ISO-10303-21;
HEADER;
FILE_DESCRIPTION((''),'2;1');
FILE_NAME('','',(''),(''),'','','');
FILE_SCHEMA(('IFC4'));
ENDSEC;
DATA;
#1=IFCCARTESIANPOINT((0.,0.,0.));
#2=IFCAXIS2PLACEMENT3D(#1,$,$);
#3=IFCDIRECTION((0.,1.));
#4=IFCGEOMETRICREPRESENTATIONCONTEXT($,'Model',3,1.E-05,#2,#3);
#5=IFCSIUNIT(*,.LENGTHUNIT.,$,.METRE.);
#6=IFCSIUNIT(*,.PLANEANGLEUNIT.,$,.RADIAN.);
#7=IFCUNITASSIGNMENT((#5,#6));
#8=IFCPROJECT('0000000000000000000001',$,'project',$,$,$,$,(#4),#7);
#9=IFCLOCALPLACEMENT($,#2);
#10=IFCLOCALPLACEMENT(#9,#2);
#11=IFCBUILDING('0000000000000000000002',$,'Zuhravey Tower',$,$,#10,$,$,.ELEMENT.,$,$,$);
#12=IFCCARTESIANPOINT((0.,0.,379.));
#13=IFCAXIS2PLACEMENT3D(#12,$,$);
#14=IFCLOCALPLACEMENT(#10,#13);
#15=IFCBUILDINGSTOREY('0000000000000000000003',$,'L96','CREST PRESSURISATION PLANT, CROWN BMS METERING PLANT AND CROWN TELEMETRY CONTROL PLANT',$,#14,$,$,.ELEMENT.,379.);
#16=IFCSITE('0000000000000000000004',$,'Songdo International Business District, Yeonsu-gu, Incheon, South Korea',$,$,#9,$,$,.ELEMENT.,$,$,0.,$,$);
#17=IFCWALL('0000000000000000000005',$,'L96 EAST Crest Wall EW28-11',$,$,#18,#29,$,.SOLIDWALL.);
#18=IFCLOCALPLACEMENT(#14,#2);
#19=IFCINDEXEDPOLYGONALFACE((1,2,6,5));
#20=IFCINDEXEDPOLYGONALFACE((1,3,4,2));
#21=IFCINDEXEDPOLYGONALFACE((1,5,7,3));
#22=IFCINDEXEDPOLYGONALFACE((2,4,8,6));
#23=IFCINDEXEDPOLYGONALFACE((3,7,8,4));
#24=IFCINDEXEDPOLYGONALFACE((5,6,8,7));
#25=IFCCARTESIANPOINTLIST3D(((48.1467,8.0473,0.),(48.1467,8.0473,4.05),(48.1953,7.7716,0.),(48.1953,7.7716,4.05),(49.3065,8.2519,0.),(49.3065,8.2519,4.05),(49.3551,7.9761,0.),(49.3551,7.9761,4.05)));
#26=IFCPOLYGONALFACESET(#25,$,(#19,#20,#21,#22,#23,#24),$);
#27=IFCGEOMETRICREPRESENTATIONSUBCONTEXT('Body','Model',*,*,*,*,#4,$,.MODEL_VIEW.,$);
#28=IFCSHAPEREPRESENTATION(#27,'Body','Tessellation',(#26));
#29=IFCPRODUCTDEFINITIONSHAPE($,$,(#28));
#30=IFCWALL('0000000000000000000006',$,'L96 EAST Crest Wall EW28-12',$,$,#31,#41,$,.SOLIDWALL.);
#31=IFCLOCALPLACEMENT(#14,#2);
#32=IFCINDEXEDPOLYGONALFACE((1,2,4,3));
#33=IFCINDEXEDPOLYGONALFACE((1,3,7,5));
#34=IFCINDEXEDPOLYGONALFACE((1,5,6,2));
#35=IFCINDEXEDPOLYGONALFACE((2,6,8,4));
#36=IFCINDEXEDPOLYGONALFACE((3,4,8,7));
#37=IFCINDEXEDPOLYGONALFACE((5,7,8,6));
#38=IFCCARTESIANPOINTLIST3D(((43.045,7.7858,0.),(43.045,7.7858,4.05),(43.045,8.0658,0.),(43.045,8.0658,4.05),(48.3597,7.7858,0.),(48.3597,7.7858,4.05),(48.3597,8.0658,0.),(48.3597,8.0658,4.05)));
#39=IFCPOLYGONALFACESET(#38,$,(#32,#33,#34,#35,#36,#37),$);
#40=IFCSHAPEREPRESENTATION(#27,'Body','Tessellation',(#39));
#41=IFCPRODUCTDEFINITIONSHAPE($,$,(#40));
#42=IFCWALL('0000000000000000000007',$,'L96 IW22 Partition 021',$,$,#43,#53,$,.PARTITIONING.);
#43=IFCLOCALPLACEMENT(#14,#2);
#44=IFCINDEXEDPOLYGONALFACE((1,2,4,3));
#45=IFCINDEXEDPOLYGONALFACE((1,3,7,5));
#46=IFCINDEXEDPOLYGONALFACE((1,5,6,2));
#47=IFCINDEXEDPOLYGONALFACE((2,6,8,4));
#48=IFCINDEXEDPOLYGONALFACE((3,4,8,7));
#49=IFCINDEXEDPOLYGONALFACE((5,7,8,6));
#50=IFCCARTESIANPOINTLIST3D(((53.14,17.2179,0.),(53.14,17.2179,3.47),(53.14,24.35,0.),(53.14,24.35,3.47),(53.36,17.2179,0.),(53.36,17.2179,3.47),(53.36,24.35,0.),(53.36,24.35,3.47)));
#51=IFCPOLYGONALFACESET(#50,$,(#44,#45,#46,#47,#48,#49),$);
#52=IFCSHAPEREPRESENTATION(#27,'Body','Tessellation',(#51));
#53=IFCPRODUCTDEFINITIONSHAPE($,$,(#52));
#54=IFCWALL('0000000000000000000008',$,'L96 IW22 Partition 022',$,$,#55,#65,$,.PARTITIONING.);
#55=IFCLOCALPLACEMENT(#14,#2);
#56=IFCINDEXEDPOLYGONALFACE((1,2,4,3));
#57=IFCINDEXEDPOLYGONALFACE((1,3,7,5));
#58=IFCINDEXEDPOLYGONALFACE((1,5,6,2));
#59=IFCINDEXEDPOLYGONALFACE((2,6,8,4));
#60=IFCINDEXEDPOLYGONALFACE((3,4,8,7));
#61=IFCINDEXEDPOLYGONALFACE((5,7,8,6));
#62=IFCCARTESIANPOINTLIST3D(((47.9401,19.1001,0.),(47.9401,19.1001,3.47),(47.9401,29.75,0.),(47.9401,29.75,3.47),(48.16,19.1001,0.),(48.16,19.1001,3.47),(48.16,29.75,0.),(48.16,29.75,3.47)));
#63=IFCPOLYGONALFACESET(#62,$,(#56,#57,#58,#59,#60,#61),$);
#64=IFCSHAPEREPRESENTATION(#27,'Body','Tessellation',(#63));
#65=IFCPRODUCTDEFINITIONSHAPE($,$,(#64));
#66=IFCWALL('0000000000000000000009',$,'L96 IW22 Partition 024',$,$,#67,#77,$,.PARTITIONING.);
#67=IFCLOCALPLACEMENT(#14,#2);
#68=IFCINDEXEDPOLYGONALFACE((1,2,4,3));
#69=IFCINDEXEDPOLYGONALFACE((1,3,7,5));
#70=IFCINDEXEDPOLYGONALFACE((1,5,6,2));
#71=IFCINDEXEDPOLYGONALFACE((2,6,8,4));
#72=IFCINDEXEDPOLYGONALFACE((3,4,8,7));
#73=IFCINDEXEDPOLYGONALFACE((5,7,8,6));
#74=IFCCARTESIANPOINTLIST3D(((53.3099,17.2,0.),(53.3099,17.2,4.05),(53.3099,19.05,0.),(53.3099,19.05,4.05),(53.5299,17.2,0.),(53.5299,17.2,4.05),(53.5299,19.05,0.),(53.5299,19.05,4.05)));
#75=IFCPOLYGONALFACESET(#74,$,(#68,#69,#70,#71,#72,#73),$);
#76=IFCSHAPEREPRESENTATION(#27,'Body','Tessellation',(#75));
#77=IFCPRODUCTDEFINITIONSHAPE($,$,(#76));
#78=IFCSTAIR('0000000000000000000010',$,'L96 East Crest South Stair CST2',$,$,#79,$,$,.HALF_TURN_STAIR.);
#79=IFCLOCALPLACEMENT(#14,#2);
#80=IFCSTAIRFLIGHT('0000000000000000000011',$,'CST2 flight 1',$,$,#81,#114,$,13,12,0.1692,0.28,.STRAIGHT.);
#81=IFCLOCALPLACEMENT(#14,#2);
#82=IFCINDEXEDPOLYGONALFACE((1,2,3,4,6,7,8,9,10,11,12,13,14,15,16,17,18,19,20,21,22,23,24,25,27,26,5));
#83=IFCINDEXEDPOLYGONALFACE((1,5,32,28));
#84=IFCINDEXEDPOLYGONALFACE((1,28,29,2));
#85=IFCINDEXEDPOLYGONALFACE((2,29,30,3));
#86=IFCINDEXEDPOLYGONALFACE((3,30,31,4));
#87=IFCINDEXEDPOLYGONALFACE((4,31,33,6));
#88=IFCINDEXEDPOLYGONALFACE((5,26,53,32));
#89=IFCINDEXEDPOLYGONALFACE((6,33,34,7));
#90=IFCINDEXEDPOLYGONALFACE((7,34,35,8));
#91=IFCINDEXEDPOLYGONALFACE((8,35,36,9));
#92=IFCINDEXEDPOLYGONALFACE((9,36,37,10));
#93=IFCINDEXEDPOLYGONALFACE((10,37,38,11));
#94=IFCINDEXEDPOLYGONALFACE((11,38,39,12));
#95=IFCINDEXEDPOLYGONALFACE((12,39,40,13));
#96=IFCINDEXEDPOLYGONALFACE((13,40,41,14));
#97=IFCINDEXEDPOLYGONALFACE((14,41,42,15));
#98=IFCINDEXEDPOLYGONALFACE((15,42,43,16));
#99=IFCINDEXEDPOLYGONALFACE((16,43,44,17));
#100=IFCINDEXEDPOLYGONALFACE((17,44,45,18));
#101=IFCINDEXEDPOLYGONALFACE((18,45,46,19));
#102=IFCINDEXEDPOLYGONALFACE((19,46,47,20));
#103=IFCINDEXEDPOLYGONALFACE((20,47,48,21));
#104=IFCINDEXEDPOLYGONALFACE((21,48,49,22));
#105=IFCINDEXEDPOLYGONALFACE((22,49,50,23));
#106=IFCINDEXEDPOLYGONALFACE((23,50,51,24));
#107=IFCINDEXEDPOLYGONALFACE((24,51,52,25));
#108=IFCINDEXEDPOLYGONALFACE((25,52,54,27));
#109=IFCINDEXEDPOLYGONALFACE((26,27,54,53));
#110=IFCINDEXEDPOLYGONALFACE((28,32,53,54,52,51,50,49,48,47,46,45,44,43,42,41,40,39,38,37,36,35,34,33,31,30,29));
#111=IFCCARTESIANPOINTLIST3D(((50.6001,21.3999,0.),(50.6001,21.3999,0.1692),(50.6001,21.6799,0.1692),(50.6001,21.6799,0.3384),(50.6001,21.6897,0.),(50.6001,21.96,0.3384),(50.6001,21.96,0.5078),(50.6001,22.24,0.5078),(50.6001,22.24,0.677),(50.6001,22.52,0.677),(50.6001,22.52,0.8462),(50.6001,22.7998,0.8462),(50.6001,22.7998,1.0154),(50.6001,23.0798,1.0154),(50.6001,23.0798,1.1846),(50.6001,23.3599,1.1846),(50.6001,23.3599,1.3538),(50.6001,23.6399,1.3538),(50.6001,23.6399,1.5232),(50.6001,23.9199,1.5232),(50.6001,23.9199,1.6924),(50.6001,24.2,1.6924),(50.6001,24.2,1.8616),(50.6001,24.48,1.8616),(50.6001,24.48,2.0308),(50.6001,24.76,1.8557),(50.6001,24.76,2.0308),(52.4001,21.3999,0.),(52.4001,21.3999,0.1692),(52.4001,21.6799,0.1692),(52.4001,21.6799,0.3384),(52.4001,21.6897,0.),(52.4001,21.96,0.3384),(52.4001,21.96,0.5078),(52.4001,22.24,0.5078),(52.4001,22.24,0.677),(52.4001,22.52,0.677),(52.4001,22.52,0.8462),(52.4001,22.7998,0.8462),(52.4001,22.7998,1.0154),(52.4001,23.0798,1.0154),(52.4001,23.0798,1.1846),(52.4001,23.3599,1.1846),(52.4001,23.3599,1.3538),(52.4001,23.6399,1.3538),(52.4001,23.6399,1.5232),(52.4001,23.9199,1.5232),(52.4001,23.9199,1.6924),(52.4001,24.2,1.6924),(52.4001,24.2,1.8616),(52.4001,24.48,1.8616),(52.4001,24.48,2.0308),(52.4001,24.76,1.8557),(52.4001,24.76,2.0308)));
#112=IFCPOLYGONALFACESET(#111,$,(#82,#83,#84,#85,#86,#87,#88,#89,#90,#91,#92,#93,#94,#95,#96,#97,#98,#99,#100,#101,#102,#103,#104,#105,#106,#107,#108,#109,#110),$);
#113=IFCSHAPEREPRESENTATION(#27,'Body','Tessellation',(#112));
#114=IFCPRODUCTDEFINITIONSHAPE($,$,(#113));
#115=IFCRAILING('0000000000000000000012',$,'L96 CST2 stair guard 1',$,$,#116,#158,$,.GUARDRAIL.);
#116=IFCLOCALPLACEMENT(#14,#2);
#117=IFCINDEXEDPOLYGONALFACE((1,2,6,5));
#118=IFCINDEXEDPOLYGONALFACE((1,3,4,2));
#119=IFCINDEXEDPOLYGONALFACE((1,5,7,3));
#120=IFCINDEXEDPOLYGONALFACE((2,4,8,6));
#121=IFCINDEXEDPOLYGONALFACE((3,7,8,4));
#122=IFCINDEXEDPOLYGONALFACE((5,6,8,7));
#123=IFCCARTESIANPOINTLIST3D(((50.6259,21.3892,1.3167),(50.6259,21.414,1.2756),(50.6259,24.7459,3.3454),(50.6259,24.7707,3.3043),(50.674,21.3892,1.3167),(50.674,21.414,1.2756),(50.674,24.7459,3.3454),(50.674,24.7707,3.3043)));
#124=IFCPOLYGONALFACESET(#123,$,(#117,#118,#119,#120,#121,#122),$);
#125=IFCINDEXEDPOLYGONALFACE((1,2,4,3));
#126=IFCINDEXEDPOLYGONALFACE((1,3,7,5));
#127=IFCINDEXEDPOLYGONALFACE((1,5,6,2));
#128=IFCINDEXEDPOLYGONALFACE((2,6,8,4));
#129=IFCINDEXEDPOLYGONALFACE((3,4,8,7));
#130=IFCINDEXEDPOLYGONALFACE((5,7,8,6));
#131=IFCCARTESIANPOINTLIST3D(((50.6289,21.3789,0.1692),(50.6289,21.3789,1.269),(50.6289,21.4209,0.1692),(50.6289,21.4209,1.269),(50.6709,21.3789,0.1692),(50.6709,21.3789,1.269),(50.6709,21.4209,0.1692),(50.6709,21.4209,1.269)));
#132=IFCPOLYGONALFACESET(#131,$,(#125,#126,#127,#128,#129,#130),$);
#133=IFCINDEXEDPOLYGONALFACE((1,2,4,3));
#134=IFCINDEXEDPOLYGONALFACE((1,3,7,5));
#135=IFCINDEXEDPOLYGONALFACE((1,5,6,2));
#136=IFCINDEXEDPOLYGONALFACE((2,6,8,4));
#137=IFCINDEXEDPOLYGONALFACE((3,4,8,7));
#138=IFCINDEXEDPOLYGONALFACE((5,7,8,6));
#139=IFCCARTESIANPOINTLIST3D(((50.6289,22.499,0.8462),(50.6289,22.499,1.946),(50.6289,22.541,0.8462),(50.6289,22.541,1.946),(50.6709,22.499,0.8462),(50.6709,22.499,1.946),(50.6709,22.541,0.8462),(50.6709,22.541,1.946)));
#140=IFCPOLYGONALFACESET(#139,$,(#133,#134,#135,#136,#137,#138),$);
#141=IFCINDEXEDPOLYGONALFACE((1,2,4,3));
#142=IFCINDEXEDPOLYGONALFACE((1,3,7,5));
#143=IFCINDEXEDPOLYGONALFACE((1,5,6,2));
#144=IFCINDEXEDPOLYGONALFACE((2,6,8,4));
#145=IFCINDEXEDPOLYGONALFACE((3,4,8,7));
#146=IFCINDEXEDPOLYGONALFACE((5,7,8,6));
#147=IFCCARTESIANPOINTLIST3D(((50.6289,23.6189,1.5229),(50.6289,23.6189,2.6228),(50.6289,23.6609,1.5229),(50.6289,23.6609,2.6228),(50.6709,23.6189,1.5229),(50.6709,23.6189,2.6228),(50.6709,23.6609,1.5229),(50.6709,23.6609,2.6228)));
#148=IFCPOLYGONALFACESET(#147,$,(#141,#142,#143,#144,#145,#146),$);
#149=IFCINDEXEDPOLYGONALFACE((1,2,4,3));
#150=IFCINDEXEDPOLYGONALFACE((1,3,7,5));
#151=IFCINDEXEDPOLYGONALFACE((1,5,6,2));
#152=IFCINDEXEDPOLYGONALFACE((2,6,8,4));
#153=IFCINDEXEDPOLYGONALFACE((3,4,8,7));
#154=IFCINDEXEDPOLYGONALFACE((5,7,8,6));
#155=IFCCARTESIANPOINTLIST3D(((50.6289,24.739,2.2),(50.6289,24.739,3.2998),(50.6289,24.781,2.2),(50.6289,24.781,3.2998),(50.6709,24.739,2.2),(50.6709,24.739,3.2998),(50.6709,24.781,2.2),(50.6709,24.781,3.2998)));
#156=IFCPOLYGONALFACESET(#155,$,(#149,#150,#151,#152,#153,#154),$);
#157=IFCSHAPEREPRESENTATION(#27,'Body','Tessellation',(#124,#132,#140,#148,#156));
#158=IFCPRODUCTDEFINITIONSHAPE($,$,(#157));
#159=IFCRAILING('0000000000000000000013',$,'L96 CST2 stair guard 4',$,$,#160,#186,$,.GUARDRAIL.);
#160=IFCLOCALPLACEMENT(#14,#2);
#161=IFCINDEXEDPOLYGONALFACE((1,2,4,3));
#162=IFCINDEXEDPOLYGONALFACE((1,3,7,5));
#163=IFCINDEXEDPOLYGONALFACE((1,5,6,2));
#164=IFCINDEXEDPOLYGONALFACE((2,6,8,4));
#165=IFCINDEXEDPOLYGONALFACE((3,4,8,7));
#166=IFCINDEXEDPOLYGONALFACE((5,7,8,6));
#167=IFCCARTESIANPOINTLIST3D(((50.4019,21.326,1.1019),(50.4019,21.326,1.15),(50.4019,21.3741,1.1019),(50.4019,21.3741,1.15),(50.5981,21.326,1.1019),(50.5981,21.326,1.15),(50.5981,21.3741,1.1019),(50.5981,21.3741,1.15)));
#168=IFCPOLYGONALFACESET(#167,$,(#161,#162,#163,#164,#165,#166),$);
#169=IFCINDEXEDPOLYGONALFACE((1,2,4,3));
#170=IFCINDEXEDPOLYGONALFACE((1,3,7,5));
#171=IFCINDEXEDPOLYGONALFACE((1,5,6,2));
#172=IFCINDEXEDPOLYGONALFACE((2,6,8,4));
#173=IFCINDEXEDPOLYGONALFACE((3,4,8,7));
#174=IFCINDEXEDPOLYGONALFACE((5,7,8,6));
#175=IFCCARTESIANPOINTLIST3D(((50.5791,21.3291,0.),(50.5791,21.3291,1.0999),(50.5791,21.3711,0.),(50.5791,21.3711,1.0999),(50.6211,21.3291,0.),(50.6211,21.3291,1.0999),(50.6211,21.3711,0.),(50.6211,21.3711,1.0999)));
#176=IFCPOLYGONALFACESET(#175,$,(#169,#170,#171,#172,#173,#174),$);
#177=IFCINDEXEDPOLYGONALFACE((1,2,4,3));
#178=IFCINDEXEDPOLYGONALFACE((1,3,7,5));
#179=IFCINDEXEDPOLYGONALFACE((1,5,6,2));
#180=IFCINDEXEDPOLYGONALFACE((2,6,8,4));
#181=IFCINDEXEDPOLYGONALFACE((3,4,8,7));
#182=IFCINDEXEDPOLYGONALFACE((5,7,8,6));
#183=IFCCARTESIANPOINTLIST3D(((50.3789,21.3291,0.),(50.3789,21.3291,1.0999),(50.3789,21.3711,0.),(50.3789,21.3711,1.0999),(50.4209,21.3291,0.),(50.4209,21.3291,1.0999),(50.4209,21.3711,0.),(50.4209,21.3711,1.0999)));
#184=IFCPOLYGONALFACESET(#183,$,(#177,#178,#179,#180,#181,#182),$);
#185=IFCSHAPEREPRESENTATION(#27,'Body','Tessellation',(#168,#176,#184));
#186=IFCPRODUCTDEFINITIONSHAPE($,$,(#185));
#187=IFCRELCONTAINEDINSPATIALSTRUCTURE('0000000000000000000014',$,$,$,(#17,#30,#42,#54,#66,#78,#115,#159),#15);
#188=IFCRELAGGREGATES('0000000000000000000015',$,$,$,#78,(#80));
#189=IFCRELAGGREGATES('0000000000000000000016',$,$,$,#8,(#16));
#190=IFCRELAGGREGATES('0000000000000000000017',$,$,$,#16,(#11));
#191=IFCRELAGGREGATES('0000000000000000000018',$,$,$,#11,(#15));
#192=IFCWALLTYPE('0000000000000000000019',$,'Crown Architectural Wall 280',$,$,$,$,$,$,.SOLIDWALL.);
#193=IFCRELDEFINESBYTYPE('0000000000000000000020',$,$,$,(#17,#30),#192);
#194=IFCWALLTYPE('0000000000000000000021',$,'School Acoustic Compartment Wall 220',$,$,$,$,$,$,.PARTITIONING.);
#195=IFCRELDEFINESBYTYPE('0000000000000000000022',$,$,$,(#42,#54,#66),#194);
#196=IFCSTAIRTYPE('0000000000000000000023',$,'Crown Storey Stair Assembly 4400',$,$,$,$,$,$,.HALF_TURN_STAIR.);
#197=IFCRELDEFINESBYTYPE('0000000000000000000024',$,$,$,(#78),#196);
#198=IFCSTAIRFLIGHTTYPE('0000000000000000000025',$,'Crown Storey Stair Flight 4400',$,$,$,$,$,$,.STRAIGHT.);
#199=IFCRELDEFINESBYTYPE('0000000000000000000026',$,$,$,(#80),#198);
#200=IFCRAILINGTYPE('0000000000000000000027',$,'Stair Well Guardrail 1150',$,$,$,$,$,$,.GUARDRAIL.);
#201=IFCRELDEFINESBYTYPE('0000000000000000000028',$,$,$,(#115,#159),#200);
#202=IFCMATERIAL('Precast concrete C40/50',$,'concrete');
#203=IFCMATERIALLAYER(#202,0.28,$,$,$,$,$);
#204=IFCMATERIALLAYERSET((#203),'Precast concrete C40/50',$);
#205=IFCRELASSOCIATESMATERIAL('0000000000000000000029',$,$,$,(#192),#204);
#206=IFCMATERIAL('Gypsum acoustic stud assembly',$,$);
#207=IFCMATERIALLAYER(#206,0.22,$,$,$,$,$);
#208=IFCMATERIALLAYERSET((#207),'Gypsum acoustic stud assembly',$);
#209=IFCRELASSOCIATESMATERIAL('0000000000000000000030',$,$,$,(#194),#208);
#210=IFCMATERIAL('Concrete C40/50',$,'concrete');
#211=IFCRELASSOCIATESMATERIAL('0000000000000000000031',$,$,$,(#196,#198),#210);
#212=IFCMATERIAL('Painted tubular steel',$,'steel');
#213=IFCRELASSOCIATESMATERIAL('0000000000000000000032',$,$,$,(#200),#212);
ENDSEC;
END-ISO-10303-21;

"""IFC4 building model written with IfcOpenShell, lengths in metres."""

from ifc_helpers import new_model, si_unit, direction, frame, frame_2d, origin, origin_2d, place, context, subcontext, project, spatial, polyline, rectangle, outline, extrude, material, layer, layer_set, type_object, element, aggregate, save


model = new_model("IFC4")

# Units and contexts
model_context = context("Model", 3, precision=1e-05, world=origin(), true_north=direction((0.0, 1.0)))
body_context = subcontext(model_context, "Body", "Model", "MODEL_VIEW")
ifc_project = project(units=[si_unit("LENGTHUNIT", "METRE"), si_unit("PLANEANGLEUNIT", "RADIAN")], contexts=[model_context])

# Site, building, storey
site_placement = place(None, origin())
site = spatial("IfcSite", under=ifc_project, at=site_placement, Name="Songdo International Business District, Yeonsu-gu, Incheon, South Korea", CompositionType="ELEMENT", RefElevation=0.0)
building_placement = place(site_placement, origin())
building = spatial("IfcBuilding", under=site, at=building_placement, Name="Zuhravey Tower", CompositionType="ELEMENT")
storey_placement = place(building_placement, frame((0.0, 0.0, 379.0)))
storey = spatial("IfcBuildingStorey", under=building, at=storey_placement, Name="L96", Description="CREST PRESSURISATION PLANT, CROWN BMS METERING PLANT AND CROWN TELEMETRY CONTROL PLANT", CompositionType="ELEMENT", Elevation=379.0)

# Walls
ifc_material_1 = material(Name="Precast concrete C40/50", Category="concrete")
ifc_layer_1 = layer(ifc_material_1, 0.28)
ifc_layer_set_1 = layer_set([ifc_layer_1], Name="Precast concrete C40/50")
wall_type_1 = type_object("IfcWallType", Name="Crown Architectural Wall 280", PredefinedType="SOLIDWALL", material=ifc_layer_set_1)
wall_1_placement = place(storey_placement, frame((49.3308, 8.114, 0.0), z_axis=(0.0, 0.0, 1.0), x_axis=(-0.984798, -0.173703, 0.0)))
element("IfcWall", 1, at=wall_1_placement, inside=storey, type_object=wall_type_1, Name="L96 EAST Crest Wall EW28-11", PredefinedType="SOLIDWALL", context=body_context, shape_type="SweptSolid", body=[
    extrude(rectangle(XDim=1.1777, YDim=0.28, at=frame_2d((0.5889, 0.0))), origin(), (0.0, 0.0, 1.0), 4.05),
])
wall_2_placement = place(storey_placement, frame((48.3596, 7.9258, 0.0), z_axis=(0.0, 0.0, 1.0), x_axis=(-1.0, 0.0, 0.0)))
element("IfcWall", 2, at=wall_2_placement, inside=storey, type_object=wall_type_1, Name="L96 EAST Crest Wall EW28-12", PredefinedType="SOLIDWALL", context=body_context, shape_type="SweptSolid", body=[
    extrude(rectangle(XDim=5.3147, YDim=0.28, at=frame_2d((2.6572, 0.0))), origin(), (0.0, 0.0, 1.0), 4.05),
])
ifc_material_2 = material(Name="Gypsum acoustic stud assembly")
ifc_layer_2 = layer(ifc_material_2, 0.22)
ifc_layer_set_2 = layer_set([ifc_layer_2], Name="Gypsum acoustic stud assembly")
wall_type_2 = type_object("IfcWallType", Name="School Acoustic Compartment Wall 220", PredefinedType="PARTITIONING", material=ifc_layer_set_2)
wall_3_placement = place(storey_placement, frame((53.25, 17.218, 0.0), z_axis=(0.0, 0.0, 1.0), x_axis=(0.0, 1.0, 0.0)))
element("IfcWall", 3, at=wall_3_placement, inside=storey, type_object=wall_type_2, Name="L96 IW22 Partition 021", PredefinedType="PARTITIONING", context=body_context, shape_type="SweptSolid", body=[
    extrude(rectangle(XDim=7.1321, YDim=0.22, at=frame_2d((3.5659, 0.0))), origin(), (0.0, 0.0, 1.0), 3.47),
])
wall_4_placement = place(storey_placement, frame((48.05, 19.1001, 0.0), z_axis=(0.0, 0.0, 1.0), x_axis=(0.0, 1.0, 0.0)))
element("IfcWall", 4, at=wall_4_placement, inside=storey, type_object=wall_type_2, Name="L96 IW22 Partition 022", PredefinedType="PARTITIONING", context=body_context, shape_type="SweptSolid", body=[
    extrude(rectangle(XDim=10.6499, YDim=0.22, at=frame_2d((5.325, 0.0))), origin(), (0.0, 0.0, 1.0), 3.47),
])
wall_5_placement = place(storey_placement, frame((53.4199, 17.2, 0.0), z_axis=(0.0, 0.0, 1.0), x_axis=(0.0, 1.0, 0.0)))
element("IfcWall", 5, at=wall_5_placement, inside=storey, type_object=wall_type_2, Name="L96 IW22 Partition 024", PredefinedType="PARTITIONING", context=body_context, shape_type="SweptSolid", body=[
    extrude(rectangle(XDim=1.8501, YDim=0.22, at=frame_2d((0.925, 0.0))), origin(), (0.0, 0.0, 1.0), 4.05),
])

# Stair, stair flight
ifc_material_3 = material(Name="Concrete C40/50", Category="concrete")
stair_type = type_object("IfcStairType", Name="Crown Storey Stair Assembly 4400", PredefinedType="HALF_TURN_STAIR", material=ifc_material_3)
stair_placement = place(storey_placement, origin())
stair = element("IfcStair", 6, at=stair_placement, inside=storey, type_object=stair_type, Name="L96 East Crest South Stair CST2", PredefinedType="HALF_TURN_STAIR")
stair_flight_type = type_object("IfcStairFlightType", Name="Crown Storey Stair Flight 4400", PredefinedType="STRAIGHT", material=ifc_material_3)
stair_flight_placement = place(storey_placement, frame((51.5, 21.3999, 0.0), z_axis=(0.0, 0.0, 1.0), x_axis=(0.0, 1.0, 0.0)))
stair_flight = element("IfcStairFlight", 7, at=stair_flight_placement, type_object=stair_flight_type, Name="CST2 flight 1", NumberOfRisers=13, NumberOfTreads=12, PredefinedType="STRAIGHT", RiserHeight=0.1692, TreadLength=0.28, context=body_context, shape_type="SweptSolid", body=[
    extrude(outline(polyline([(0.0, 0.0), (0.0, 0.1692), (0.28, 0.1692), (0.28, 0.3384), (0.5601, 0.3384), (0.5601, 0.5078), (0.8401, 0.5078), (0.8401, 0.677), (1.1201, 0.677), (1.1201, 0.8462), (1.3999, 0.8462), (1.3999, 1.0154), (1.6799, 1.0154), (1.6799, 1.1846), (1.96, 1.1846), (1.96, 1.3538), (2.24, 1.3538), (2.24, 1.5232), (2.52, 1.5232), (2.52, 1.6924), (2.8, 1.6924), (2.8, 1.8616), (3.0801, 1.8616), (3.0801, 2.0308), (3.3601, 2.0308), (3.3601, 2.2), (3.3601, 1.8557), (0.2898, 0.0), (0.0, 0.0)])), frame((0.0, 0.8999, 0.0), z_axis=(0.0, -1.0, 0.0), x_axis=(1.0, 0.0, 0.0)), (0.0, 0.0, 1.0), 1.8),
])
aggregate(stair, [stair_flight])

# Railings
ifc_material_4 = material(Name="Painted tubular steel", Category="steel")
railing_type = type_object("IfcRailingType", Name="Stair Well Guardrail 1150", PredefinedType="GUARDRAIL", material=ifc_material_4)
railing_1_placement = place(storey_placement, frame((50.6499, 21.3999, 0.1692)))
element("IfcRailing", 8, at=railing_1_placement, inside=storey, type_object=railing_type, Name="L96 CST2 stair guard 1", PredefinedType="GUARDRAIL", context=body_context, shape_type="SweptSolid", body=[
    extrude(rectangle(XDim=0.0481, YDim=0.0481, at=origin_2d()), frame((0.0, 0.0017, 1.127), z_axis=(0.0, 0.855837, 0.517246), x_axis=(-1.0, 0.0, 0.0)), (0.0, 0.0, 1.0), 3.9221),
    extrude(rectangle(XDim=0.042, YDim=0.042, at=origin_2d()), origin(), (0.0, 0.0, 1.0), 1.0999),
    extrude(rectangle(XDim=0.042, YDim=0.042, at=origin_2d()), frame((0.0, 1.1201, 0.677)), (0.0, 0.0, 1.0), 1.0999),
    extrude(rectangle(XDim=0.042, YDim=0.042, at=origin_2d()), frame((0.0, 2.24, 1.3538)), (0.0, 0.0, 1.0), 1.0999),
    extrude(rectangle(XDim=0.042, YDim=0.042, at=origin_2d()), frame((0.0, 3.3601, 2.0308)), (0.0, 0.0, 1.0), 1.0999),
])
railing_2_placement = place(storey_placement, frame((50.6001, 21.3501, 0.0)))
element("IfcRailing", 9, at=railing_2_placement, inside=storey, type_object=railing_type, Name="L96 CST2 stair guard 4", PredefinedType="GUARDRAIL", context=body_context, shape_type="SweptSolid", body=[
    extrude(rectangle(XDim=0.0481, YDim=0.0481, at=origin_2d()), frame((-0.002, 0.0, 1.126), z_axis=(-1.0, 0.0, 0.0), x_axis=(0.0, -1.0, 0.0)), (0.0, 0.0, 1.0), 0.1963),
    extrude(rectangle(XDim=0.042, YDim=0.042, at=origin_2d()), origin(), (0.0, 0.0, 1.0), 1.0999),
    extrude(rectangle(XDim=0.042, YDim=0.042, at=origin_2d()), frame((-0.2002, 0.0, 0.0)), (0.0, 0.0, 1.0), 1.0999),
])

save(model, "model.ifc")
